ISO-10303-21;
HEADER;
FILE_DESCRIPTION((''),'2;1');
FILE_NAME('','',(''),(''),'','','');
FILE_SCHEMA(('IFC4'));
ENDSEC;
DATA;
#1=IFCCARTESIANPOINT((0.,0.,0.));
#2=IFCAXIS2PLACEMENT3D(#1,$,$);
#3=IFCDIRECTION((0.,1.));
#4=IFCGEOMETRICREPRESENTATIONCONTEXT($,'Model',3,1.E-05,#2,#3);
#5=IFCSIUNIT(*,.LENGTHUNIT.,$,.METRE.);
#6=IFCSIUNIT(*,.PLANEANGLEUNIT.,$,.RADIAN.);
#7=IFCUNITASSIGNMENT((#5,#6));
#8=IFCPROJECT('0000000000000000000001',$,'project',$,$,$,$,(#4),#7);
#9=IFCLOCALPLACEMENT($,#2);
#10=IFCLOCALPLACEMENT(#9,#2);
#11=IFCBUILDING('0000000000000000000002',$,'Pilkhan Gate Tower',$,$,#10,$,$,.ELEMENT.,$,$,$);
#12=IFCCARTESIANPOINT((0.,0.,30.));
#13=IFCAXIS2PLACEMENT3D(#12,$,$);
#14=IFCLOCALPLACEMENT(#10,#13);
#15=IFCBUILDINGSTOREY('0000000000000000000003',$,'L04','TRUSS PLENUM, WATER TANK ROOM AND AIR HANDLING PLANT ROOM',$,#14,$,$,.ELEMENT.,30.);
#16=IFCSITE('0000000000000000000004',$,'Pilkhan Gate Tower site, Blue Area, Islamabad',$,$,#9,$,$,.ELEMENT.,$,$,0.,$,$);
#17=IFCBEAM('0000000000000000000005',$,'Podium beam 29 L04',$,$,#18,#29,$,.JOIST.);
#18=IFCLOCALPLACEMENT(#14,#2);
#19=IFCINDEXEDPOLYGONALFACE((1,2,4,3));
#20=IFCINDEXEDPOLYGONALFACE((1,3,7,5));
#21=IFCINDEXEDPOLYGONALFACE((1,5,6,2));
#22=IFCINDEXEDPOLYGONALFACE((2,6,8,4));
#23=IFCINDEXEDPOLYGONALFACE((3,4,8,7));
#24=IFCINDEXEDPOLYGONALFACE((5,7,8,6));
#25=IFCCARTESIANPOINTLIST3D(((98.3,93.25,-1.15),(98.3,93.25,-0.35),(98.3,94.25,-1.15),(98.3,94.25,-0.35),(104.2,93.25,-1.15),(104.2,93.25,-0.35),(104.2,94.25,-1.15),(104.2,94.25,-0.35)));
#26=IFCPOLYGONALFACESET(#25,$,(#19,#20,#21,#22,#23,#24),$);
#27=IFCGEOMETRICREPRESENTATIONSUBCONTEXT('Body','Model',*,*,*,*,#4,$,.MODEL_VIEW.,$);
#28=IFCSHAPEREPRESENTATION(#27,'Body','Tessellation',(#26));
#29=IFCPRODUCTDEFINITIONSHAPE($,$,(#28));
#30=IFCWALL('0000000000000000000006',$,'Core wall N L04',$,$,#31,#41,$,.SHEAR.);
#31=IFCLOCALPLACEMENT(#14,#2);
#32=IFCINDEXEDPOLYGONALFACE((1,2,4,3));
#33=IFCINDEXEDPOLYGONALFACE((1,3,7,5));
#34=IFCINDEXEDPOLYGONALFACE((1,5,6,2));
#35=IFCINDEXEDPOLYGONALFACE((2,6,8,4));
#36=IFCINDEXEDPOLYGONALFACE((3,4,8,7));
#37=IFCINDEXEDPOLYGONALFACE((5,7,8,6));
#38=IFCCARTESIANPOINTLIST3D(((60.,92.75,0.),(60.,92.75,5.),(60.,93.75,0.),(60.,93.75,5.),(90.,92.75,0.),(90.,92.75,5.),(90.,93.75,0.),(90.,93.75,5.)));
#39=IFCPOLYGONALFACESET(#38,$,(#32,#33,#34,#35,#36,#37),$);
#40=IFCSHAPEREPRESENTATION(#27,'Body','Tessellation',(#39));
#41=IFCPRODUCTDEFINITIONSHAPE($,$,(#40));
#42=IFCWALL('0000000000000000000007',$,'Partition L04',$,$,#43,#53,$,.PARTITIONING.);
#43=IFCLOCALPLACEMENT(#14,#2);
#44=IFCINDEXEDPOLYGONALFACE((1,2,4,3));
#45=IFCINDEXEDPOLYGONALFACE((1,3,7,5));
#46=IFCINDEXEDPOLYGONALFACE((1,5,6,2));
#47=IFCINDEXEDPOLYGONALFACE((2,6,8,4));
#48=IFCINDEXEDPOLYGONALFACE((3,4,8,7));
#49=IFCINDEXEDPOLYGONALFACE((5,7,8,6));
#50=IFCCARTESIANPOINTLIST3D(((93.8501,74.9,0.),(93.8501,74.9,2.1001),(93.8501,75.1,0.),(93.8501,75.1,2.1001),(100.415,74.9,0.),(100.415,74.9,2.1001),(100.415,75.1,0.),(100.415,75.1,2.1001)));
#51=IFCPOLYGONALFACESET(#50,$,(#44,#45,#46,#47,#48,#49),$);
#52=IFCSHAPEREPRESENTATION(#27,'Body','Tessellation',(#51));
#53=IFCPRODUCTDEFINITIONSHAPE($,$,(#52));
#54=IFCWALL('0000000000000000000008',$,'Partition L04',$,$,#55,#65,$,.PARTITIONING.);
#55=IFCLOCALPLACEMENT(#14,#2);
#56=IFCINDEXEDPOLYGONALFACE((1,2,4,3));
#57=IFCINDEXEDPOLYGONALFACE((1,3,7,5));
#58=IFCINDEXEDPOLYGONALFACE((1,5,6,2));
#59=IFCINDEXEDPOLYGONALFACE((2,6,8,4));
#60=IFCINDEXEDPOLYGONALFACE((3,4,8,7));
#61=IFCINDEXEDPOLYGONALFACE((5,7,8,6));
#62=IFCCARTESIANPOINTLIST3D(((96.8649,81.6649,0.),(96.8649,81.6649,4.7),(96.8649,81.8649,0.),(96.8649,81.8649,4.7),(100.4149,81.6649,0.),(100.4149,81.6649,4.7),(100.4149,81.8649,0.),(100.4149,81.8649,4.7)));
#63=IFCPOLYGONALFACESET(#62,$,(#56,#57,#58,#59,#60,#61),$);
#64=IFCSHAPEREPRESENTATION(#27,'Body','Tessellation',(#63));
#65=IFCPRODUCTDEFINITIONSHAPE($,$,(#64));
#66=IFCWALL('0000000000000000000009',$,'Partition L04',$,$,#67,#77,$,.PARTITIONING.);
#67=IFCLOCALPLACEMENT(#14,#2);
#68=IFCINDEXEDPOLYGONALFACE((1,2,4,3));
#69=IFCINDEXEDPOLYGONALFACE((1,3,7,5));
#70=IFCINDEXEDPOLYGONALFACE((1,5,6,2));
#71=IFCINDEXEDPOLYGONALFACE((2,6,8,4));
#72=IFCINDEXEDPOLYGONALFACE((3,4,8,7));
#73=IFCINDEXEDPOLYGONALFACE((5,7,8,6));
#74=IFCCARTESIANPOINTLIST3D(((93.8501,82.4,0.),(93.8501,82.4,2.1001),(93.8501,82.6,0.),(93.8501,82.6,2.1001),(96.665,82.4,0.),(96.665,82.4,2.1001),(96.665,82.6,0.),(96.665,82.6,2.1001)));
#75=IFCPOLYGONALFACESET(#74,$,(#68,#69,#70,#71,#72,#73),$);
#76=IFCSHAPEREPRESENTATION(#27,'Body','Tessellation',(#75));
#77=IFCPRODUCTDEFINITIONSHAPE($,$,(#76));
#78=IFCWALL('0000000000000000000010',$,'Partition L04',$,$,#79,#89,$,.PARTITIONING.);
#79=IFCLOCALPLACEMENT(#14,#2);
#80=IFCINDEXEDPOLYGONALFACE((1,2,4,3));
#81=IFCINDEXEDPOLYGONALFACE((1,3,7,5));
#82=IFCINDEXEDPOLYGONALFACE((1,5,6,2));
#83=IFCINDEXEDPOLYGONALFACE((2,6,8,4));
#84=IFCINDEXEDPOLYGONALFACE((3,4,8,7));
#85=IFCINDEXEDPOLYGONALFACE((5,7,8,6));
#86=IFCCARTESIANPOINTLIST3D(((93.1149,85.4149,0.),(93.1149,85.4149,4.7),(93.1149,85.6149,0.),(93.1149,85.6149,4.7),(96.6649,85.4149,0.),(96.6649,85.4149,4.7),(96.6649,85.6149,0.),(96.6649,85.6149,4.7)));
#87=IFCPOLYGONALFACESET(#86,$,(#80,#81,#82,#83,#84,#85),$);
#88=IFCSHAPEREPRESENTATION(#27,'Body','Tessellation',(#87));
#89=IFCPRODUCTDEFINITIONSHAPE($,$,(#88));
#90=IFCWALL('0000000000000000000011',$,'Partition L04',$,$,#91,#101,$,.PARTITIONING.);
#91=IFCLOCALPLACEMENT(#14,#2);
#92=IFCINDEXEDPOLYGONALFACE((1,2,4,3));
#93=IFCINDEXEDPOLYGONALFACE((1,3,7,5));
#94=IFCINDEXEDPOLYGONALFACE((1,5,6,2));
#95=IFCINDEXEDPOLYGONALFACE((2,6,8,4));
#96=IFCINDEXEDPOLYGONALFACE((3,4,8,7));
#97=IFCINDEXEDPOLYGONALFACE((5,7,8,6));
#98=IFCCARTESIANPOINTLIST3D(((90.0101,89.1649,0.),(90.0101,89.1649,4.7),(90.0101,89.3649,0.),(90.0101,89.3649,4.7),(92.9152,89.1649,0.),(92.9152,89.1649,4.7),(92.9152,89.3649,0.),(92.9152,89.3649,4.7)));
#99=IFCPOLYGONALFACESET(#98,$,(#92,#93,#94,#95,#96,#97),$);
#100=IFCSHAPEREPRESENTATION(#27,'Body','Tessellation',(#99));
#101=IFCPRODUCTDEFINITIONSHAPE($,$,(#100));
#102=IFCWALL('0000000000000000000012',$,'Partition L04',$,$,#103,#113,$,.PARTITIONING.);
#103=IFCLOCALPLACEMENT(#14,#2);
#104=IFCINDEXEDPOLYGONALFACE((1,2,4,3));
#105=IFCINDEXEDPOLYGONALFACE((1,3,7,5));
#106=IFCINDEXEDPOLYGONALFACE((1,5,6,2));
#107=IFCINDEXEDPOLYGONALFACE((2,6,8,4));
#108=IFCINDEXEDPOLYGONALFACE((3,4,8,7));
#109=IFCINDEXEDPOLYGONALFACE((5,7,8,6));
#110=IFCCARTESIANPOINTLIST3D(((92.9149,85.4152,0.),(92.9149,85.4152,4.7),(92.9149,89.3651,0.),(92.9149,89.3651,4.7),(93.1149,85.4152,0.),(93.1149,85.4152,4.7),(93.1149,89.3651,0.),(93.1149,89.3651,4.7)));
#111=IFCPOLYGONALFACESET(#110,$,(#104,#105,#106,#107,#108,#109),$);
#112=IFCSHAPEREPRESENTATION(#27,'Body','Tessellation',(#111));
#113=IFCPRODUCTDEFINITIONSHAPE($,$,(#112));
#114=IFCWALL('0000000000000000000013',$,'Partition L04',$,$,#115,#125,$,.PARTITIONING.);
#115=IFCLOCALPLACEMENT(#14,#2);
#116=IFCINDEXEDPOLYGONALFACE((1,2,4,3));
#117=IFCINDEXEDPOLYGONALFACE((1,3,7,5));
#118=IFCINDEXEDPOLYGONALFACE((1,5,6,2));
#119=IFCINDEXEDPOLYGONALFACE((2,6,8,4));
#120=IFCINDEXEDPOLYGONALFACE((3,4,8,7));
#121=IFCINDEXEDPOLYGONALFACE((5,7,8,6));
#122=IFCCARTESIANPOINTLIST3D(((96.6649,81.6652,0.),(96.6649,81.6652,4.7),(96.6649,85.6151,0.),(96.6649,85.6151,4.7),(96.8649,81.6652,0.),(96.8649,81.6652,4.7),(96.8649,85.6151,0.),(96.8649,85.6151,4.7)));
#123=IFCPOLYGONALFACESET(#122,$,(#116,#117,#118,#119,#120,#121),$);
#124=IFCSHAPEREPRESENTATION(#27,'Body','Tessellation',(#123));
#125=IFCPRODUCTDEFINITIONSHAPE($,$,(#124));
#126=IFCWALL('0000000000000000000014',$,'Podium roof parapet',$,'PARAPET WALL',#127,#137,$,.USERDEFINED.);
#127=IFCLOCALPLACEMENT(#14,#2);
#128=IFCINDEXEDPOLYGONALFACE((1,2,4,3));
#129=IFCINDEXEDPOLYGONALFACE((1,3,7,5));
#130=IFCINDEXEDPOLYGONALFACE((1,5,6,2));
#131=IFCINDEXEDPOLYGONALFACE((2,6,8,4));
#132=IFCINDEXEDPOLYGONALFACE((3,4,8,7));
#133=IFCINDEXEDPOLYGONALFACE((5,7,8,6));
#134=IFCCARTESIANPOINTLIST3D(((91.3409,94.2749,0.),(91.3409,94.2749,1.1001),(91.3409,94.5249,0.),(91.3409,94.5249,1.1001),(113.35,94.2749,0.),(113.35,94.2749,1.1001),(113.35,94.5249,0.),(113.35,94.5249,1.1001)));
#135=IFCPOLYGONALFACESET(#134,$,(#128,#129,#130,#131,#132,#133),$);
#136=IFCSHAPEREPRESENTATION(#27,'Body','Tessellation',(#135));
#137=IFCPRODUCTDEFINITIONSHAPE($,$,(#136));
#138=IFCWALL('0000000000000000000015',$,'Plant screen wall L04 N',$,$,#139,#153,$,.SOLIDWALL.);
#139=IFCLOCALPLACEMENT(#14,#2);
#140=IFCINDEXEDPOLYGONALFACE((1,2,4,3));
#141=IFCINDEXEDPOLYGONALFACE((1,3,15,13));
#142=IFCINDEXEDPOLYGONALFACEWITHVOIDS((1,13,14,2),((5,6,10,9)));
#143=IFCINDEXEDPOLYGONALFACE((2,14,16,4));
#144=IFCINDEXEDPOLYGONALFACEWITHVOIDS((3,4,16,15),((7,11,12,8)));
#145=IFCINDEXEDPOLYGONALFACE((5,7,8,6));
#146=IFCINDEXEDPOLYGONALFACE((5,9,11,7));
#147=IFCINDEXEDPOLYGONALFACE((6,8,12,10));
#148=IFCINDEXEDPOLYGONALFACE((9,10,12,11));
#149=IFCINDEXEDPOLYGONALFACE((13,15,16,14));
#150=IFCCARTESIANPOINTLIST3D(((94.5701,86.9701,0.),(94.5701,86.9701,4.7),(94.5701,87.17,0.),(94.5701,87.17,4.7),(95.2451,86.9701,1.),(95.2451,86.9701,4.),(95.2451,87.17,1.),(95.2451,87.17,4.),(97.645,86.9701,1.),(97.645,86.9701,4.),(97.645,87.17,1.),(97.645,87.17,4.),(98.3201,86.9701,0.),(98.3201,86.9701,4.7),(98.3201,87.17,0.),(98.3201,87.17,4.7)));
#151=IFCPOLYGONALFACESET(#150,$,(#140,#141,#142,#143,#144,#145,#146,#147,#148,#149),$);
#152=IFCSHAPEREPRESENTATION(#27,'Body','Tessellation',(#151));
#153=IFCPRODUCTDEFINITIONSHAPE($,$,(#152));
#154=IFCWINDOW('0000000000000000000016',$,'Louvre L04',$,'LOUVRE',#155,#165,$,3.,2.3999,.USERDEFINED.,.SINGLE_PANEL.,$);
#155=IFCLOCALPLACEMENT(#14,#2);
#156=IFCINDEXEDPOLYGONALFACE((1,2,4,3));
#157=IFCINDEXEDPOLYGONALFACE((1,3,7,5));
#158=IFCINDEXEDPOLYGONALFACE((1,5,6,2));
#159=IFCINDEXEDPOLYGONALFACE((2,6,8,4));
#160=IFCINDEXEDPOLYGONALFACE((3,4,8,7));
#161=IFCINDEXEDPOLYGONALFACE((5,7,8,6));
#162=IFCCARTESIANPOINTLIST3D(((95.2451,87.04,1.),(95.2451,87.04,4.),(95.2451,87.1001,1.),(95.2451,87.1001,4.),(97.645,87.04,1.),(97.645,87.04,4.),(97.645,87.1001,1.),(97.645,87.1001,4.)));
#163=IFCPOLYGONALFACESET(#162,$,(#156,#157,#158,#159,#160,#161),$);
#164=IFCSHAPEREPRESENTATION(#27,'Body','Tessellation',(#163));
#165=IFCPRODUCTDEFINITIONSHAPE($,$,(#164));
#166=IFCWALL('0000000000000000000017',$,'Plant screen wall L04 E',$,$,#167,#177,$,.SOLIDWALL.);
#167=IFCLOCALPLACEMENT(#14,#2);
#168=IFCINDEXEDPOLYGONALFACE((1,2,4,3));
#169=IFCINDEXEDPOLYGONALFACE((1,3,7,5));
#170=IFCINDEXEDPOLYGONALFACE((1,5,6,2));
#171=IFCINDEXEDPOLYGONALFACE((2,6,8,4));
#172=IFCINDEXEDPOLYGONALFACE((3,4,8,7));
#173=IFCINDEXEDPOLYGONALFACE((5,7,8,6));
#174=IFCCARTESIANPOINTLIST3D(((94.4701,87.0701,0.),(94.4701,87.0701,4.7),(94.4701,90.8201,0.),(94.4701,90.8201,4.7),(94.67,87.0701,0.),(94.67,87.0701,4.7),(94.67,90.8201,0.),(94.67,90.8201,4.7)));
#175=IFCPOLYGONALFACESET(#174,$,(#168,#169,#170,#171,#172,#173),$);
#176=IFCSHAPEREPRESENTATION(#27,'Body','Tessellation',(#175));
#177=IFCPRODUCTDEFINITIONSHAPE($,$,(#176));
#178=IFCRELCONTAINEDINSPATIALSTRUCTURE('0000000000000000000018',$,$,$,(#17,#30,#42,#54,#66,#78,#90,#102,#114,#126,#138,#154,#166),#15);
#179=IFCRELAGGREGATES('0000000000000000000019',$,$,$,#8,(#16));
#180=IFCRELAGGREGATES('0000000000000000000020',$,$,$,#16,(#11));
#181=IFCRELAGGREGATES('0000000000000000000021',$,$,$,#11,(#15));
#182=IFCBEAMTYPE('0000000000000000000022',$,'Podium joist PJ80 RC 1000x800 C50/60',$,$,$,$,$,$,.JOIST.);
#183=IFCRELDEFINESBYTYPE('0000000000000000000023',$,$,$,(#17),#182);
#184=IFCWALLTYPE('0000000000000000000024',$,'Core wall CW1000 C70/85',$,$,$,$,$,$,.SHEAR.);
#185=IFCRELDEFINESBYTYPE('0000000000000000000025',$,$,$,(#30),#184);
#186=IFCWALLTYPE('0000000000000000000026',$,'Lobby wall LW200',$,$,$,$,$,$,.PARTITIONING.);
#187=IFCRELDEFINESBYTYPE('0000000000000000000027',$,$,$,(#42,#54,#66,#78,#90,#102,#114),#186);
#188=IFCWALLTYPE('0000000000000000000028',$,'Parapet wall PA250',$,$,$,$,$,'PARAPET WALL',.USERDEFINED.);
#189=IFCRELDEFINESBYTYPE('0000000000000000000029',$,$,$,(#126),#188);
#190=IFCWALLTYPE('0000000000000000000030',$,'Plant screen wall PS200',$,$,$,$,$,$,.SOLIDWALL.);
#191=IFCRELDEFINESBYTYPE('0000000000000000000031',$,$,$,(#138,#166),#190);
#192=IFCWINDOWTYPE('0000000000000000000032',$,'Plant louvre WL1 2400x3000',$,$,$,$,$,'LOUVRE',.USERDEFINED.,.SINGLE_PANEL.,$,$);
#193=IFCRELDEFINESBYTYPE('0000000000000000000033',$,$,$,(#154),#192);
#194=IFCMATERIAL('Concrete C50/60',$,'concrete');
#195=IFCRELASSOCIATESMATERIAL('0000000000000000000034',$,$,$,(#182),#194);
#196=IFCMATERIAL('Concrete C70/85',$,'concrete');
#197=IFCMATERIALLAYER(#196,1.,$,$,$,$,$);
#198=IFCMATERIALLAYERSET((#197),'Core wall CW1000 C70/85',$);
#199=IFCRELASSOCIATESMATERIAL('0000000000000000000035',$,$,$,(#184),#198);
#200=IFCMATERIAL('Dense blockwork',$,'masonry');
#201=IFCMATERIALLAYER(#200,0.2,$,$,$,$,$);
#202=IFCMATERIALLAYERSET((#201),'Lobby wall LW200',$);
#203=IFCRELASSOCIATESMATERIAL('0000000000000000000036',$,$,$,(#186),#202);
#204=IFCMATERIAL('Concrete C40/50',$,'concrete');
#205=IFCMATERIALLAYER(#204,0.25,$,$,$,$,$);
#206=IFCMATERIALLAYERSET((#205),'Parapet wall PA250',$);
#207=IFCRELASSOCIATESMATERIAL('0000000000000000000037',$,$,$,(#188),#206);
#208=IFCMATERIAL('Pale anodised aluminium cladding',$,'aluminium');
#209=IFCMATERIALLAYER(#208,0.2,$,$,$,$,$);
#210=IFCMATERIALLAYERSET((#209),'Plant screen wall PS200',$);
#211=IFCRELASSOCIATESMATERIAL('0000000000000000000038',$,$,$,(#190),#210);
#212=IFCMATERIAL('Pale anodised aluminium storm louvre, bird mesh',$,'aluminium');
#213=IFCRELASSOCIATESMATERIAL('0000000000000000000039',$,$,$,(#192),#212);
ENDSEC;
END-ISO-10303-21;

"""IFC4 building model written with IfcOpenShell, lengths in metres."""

from ifc_helpers import new_model, si_unit, direction, frame, frame_2d, origin, origin_2d, place, context, subcontext, project, spatial, rectangle, extrude, material, layer, layer_set, material_profile, profile_set, type_object, element, fill, save


model = new_model("IFC4")

# Units and contexts
model_context = context("Model", 3, precision=1e-05, world=origin(), true_north=direction((0.0, 1.0)))
body_context = subcontext(model_context, "Body", "Model", "MODEL_VIEW")
ifc_project = project(units=[si_unit("LENGTHUNIT", "METRE"), si_unit("PLANEANGLEUNIT", "RADIAN")], contexts=[model_context])

# Site, building, storey
site_placement = place(None, origin())
site = spatial("IfcSite", under=ifc_project, at=site_placement, Name="Pilkhan Gate Tower site, Blue Area, Islamabad", CompositionType="ELEMENT", RefElevation=0.0)
building_placement = place(site_placement, origin())
building = spatial("IfcBuilding", under=site, at=building_placement, Name="Pilkhan Gate Tower", CompositionType="ELEMENT")
storey_placement = place(building_placement, frame((0.0, 0.0, 30.0)))
storey = spatial("IfcBuildingStorey", under=building, at=storey_placement, Name="L04", Description="TRUSS PLENUM, WATER TANK ROOM AND AIR HANDLING PLANT ROOM", CompositionType="ELEMENT", Elevation=30.0)

# Beam
ifc_material_1 = material(Name="Concrete C50/60", Category="concrete")
ifc_material_profile = material_profile(ifc_material_1, rectangle(XDim=1.0, YDim=0.8, at=origin_2d()), Name="RC 1000x800")
ifc_profile_set = profile_set([ifc_material_profile], Name="Concrete C50/60")
beam_type = type_object("IfcBeamType", Name="Podium joist PJ80 RC 1000x800 C50/60", PredefinedType="JOIST", material=ifc_profile_set)
beam_placement = place(storey_placement, frame((98.3, 93.75, -0.75), z_axis=(1.0, 0.0, 0.0), x_axis=(0.0, 1.0, 0.0)))
element("IfcBeam", 1, at=beam_placement, inside=storey, type_object=beam_type, Name="Podium beam 29 L04", PredefinedType="JOIST", context=body_context, shape_type="SweptSolid", body=[
    extrude(rectangle(XDim=1.0, YDim=0.8, at=origin_2d()), origin(), (0.0, 0.0, 1.0), 5.8999),
])

# Walls
ifc_material_2 = material(Name="Concrete C70/85", Category="concrete")
ifc_layer_1 = layer(ifc_material_2, 1.0)
ifc_layer_set_1 = layer_set([ifc_layer_1], Name="Core wall CW1000 C70/85")
wall_type_1 = type_object("IfcWallType", Name="Core wall CW1000 C70/85", PredefinedType="SHEAR", material=ifc_layer_set_1)
wall_1_placement = place(storey_placement, frame((90.0, 93.25, 0.0), z_axis=(0.0, 0.0, 1.0), x_axis=(-1.0, 0.0, 0.0)))
element("IfcWall", 2, at=wall_1_placement, inside=storey, type_object=wall_type_1, Name="Core wall N L04", PredefinedType="SHEAR", context=body_context, shape_type="SweptSolid", body=[
    extrude(rectangle(XDim=30.0, YDim=1.0, at=frame_2d((15.0, 0.0))), origin(), (0.0, 0.0, 1.0), 5.0),
])
ifc_material_3 = material(Name="Dense blockwork", Category="masonry")
ifc_layer_2 = layer(ifc_material_3, 0.2)
ifc_layer_set_2 = layer_set([ifc_layer_2], Name="Lobby wall LW200")
wall_type_2 = type_object("IfcWallType", Name="Lobby wall LW200", PredefinedType="PARTITIONING", material=ifc_layer_set_2)
wall_2_placement = place(storey_placement, frame((93.8501, 75.0, 0.0), z_axis=(0.0, 0.0, 1.0), x_axis=(1.0, 0.0, 0.0)))
element("IfcWall", 3, at=wall_2_placement, inside=storey, type_object=wall_type_2, Name="Partition L04", PredefinedType="PARTITIONING", context=body_context, shape_type="SweptSolid", body=[
    extrude(rectangle(XDim=6.5649, YDim=0.2, at=frame_2d((3.2825, 0.0))), origin(), (0.0, 0.0, 1.0), 2.1001),
])
wall_3_placement = place(storey_placement, frame((96.865, 81.7649, 0.0), z_axis=(0.0, 0.0, 1.0), x_axis=(1.0, 0.0, 0.0)))
element("IfcWall", 4, at=wall_3_placement, inside=storey, type_object=wall_type_2, Name="Partition L04", PredefinedType="PARTITIONING", context=body_context, shape_type="SweptSolid", body=[
    extrude(rectangle(XDim=3.55, YDim=0.2, at=frame_2d((1.7749, 0.0))), origin(), (0.0, 0.0, 1.0), 4.7),
])
wall_4_placement = place(storey_placement, frame((93.8501, 82.5, 0.0), z_axis=(0.0, 0.0, 1.0), x_axis=(1.0, 0.0, 0.0)))
element("IfcWall", 5, at=wall_4_placement, inside=storey, type_object=wall_type_2, Name="Partition L04", PredefinedType="PARTITIONING", context=body_context, shape_type="SweptSolid", body=[
    extrude(rectangle(XDim=2.8149, YDim=0.2, at=frame_2d((1.4075, 0.0))), origin(), (0.0, 0.0, 1.0), 2.1001),
])
wall_5_placement = place(storey_placement, frame((93.115, 85.5149, 0.0), z_axis=(0.0, 0.0, 1.0), x_axis=(1.0, 0.0, 0.0)))
element("IfcWall", 6, at=wall_5_placement, inside=storey, type_object=wall_type_2, Name="Partition L04", PredefinedType="PARTITIONING", context=body_context, shape_type="SweptSolid", body=[
    extrude(rectangle(XDim=3.55, YDim=0.2, at=frame_2d((1.7749, 0.0))), origin(), (0.0, 0.0, 1.0), 4.7),
])
wall_6_placement = place(storey_placement, frame((90.01, 89.2649, 0.0), z_axis=(0.0, 0.0, 1.0), x_axis=(1.0, 0.0, 0.0)))
element("IfcWall", 7, at=wall_6_placement, inside=storey, type_object=wall_type_2, Name="Partition L04", PredefinedType="PARTITIONING", context=body_context, shape_type="SweptSolid", body=[
    extrude(rectangle(XDim=2.905, YDim=0.2, at=frame_2d((1.4526, 0.0))), origin(), (0.0, 0.0, 1.0), 4.7),
])
for number, where, z_axis, x_axis, name in (
    (8, (93.0149, 85.415, 0.0), (0.0, 0.0, 1.0), (0.0, 1.0, 0.0), "Partition L04"),
    (9, (96.7649, 81.665, 0.0), (0.0, 0.0, 1.0), (0.0, 1.0, 0.0), "Partition L04"),
):
    element("IfcWall", number, at=place(storey_placement, frame(where, z_axis=z_axis, x_axis=x_axis)), inside=storey, type_object=wall_type_2, Name=name, PredefinedType="PARTITIONING", context=body_context, shape_type="SweptSolid", body=[
        extrude(rectangle(XDim=3.95, YDim=0.2, at=frame_2d((1.9751, 0.0))), origin(), (0.0, 0.0, 1.0), 4.7),
    ])
ifc_material_4 = material(Name="Concrete C40/50", Category="concrete")
ifc_layer_3 = layer(ifc_material_4, 0.25)
ifc_layer_set_3 = layer_set([ifc_layer_3], Name="Parapet wall PA250")
wall_type_3 = type_object("IfcWallType", Name="Parapet wall PA250", ElementType="PARAPET WALL", PredefinedType="USERDEFINED", material=ifc_layer_set_3)
wall_7_placement = place(storey_placement, frame((91.3411, 94.3999, 0.0), z_axis=(0.0, 0.0, 1.0), x_axis=(1.0, 0.0, 0.0)))
element("IfcWall", 10, at=wall_7_placement, inside=storey, type_object=wall_type_3, Name="Podium roof parapet", ObjectType="PARAPET WALL", PredefinedType="USERDEFINED", context=body_context, shape_type="SweptSolid", body=[
    extrude(rectangle(XDim=22.009, YDim=0.25, at=frame_2d((11.0044, 0.0))), origin(), (0.0, 0.0, 1.0), 1.1001),
])

# Wall, opening, window
ifc_material_5 = material(Name="Pale anodised aluminium cladding", Category="aluminium")
ifc_layer_4 = layer(ifc_material_5, 0.2)
ifc_layer_set_4 = layer_set([ifc_layer_4], Name="Plant screen wall PS200")
wall_type_4 = type_object("IfcWallType", Name="Plant screen wall PS200", PredefinedType="SOLIDWALL", material=ifc_layer_set_4)
wall_8_placement = place(storey_placement, frame((94.5701, 87.0701, 0.0), z_axis=(0.0, 0.0, 1.0), x_axis=(1.0, 0.0, 0.0)))
wall_8 = element("IfcWall", 11, at=wall_8_placement, inside=storey, type_object=wall_type_4, Name="Plant screen wall L04 N", PredefinedType="SOLIDWALL", context=body_context, shape_type="SweptSolid", body=[
    extrude(rectangle(XDim=3.75, YDim=0.2, at=frame_2d((1.875, 0.0))), origin(), (0.0, 0.0, 1.0), 4.7),
])
opening_1_placement = place(wall_8_placement, frame((0.675, 0.0, 1.0)))
opening_1 = element("IfcOpeningElement", 12, at=opening_1_placement, cuts=wall_8, PredefinedType="OPENING", context=body_context, shape_type="SweptSolid", body=[
    extrude(rectangle(XDim=2.3999, YDim=3.0, at=frame_2d((1.2, 1.5))), frame((0.0, 0.1099, 0.0), z_axis=(0.0, -1.0, 0.0), x_axis=(1.0, 0.0, 0.0)), (0.0, 0.0, 1.0), 0.22),
])
ifc_material_6 = material(Name="Pale anodised aluminium storm louvre, bird mesh", Category="aluminium")
window_type = type_object("IfcWindowType", Name="Plant louvre WL1 2400x3000", ElementType="LOUVRE", PartitioningType="SINGLE_PANEL", PredefinedType="USERDEFINED", material=ifc_material_6)
window_1_placement = place(opening_1_placement, origin())
window_1 = element("IfcWindow", 13, at=window_1_placement, inside=storey, type_object=window_type, Name="Louvre L04", ObjectType="LOUVRE", OverallHeight=3.0, OverallWidth=2.3999, PartitioningType="SINGLE_PANEL", PredefinedType="USERDEFINED", context=body_context, shape_type="SweptSolid", body=[
    extrude(rectangle(XDim=2.3999, YDim=3.0, at=frame_2d((1.2, 1.5))), frame((0.0, 0.03, 0.0), z_axis=(0.0, -1.0, 0.0), x_axis=(1.0, 0.0, 0.0)), (0.0, 0.0, 1.0), 0.0601),
])
fill(opening_1, window_1)

# Wall
wall_9_placement = place(storey_placement, frame((94.5701, 87.0701, 0.0), z_axis=(0.0, 0.0, 1.0), x_axis=(0.0, 1.0, 0.0)))
element("IfcWall", 14, at=wall_9_placement, inside=storey, type_object=wall_type_4, Name="Plant screen wall L04 E", PredefinedType="SOLIDWALL", context=body_context, shape_type="SweptSolid", body=[
    extrude(rectangle(XDim=3.75, YDim=0.2, at=frame_2d((1.875, 0.0))), origin(), (0.0, 0.0, 1.0), 4.7),
])

save(model, "model.ifc")
